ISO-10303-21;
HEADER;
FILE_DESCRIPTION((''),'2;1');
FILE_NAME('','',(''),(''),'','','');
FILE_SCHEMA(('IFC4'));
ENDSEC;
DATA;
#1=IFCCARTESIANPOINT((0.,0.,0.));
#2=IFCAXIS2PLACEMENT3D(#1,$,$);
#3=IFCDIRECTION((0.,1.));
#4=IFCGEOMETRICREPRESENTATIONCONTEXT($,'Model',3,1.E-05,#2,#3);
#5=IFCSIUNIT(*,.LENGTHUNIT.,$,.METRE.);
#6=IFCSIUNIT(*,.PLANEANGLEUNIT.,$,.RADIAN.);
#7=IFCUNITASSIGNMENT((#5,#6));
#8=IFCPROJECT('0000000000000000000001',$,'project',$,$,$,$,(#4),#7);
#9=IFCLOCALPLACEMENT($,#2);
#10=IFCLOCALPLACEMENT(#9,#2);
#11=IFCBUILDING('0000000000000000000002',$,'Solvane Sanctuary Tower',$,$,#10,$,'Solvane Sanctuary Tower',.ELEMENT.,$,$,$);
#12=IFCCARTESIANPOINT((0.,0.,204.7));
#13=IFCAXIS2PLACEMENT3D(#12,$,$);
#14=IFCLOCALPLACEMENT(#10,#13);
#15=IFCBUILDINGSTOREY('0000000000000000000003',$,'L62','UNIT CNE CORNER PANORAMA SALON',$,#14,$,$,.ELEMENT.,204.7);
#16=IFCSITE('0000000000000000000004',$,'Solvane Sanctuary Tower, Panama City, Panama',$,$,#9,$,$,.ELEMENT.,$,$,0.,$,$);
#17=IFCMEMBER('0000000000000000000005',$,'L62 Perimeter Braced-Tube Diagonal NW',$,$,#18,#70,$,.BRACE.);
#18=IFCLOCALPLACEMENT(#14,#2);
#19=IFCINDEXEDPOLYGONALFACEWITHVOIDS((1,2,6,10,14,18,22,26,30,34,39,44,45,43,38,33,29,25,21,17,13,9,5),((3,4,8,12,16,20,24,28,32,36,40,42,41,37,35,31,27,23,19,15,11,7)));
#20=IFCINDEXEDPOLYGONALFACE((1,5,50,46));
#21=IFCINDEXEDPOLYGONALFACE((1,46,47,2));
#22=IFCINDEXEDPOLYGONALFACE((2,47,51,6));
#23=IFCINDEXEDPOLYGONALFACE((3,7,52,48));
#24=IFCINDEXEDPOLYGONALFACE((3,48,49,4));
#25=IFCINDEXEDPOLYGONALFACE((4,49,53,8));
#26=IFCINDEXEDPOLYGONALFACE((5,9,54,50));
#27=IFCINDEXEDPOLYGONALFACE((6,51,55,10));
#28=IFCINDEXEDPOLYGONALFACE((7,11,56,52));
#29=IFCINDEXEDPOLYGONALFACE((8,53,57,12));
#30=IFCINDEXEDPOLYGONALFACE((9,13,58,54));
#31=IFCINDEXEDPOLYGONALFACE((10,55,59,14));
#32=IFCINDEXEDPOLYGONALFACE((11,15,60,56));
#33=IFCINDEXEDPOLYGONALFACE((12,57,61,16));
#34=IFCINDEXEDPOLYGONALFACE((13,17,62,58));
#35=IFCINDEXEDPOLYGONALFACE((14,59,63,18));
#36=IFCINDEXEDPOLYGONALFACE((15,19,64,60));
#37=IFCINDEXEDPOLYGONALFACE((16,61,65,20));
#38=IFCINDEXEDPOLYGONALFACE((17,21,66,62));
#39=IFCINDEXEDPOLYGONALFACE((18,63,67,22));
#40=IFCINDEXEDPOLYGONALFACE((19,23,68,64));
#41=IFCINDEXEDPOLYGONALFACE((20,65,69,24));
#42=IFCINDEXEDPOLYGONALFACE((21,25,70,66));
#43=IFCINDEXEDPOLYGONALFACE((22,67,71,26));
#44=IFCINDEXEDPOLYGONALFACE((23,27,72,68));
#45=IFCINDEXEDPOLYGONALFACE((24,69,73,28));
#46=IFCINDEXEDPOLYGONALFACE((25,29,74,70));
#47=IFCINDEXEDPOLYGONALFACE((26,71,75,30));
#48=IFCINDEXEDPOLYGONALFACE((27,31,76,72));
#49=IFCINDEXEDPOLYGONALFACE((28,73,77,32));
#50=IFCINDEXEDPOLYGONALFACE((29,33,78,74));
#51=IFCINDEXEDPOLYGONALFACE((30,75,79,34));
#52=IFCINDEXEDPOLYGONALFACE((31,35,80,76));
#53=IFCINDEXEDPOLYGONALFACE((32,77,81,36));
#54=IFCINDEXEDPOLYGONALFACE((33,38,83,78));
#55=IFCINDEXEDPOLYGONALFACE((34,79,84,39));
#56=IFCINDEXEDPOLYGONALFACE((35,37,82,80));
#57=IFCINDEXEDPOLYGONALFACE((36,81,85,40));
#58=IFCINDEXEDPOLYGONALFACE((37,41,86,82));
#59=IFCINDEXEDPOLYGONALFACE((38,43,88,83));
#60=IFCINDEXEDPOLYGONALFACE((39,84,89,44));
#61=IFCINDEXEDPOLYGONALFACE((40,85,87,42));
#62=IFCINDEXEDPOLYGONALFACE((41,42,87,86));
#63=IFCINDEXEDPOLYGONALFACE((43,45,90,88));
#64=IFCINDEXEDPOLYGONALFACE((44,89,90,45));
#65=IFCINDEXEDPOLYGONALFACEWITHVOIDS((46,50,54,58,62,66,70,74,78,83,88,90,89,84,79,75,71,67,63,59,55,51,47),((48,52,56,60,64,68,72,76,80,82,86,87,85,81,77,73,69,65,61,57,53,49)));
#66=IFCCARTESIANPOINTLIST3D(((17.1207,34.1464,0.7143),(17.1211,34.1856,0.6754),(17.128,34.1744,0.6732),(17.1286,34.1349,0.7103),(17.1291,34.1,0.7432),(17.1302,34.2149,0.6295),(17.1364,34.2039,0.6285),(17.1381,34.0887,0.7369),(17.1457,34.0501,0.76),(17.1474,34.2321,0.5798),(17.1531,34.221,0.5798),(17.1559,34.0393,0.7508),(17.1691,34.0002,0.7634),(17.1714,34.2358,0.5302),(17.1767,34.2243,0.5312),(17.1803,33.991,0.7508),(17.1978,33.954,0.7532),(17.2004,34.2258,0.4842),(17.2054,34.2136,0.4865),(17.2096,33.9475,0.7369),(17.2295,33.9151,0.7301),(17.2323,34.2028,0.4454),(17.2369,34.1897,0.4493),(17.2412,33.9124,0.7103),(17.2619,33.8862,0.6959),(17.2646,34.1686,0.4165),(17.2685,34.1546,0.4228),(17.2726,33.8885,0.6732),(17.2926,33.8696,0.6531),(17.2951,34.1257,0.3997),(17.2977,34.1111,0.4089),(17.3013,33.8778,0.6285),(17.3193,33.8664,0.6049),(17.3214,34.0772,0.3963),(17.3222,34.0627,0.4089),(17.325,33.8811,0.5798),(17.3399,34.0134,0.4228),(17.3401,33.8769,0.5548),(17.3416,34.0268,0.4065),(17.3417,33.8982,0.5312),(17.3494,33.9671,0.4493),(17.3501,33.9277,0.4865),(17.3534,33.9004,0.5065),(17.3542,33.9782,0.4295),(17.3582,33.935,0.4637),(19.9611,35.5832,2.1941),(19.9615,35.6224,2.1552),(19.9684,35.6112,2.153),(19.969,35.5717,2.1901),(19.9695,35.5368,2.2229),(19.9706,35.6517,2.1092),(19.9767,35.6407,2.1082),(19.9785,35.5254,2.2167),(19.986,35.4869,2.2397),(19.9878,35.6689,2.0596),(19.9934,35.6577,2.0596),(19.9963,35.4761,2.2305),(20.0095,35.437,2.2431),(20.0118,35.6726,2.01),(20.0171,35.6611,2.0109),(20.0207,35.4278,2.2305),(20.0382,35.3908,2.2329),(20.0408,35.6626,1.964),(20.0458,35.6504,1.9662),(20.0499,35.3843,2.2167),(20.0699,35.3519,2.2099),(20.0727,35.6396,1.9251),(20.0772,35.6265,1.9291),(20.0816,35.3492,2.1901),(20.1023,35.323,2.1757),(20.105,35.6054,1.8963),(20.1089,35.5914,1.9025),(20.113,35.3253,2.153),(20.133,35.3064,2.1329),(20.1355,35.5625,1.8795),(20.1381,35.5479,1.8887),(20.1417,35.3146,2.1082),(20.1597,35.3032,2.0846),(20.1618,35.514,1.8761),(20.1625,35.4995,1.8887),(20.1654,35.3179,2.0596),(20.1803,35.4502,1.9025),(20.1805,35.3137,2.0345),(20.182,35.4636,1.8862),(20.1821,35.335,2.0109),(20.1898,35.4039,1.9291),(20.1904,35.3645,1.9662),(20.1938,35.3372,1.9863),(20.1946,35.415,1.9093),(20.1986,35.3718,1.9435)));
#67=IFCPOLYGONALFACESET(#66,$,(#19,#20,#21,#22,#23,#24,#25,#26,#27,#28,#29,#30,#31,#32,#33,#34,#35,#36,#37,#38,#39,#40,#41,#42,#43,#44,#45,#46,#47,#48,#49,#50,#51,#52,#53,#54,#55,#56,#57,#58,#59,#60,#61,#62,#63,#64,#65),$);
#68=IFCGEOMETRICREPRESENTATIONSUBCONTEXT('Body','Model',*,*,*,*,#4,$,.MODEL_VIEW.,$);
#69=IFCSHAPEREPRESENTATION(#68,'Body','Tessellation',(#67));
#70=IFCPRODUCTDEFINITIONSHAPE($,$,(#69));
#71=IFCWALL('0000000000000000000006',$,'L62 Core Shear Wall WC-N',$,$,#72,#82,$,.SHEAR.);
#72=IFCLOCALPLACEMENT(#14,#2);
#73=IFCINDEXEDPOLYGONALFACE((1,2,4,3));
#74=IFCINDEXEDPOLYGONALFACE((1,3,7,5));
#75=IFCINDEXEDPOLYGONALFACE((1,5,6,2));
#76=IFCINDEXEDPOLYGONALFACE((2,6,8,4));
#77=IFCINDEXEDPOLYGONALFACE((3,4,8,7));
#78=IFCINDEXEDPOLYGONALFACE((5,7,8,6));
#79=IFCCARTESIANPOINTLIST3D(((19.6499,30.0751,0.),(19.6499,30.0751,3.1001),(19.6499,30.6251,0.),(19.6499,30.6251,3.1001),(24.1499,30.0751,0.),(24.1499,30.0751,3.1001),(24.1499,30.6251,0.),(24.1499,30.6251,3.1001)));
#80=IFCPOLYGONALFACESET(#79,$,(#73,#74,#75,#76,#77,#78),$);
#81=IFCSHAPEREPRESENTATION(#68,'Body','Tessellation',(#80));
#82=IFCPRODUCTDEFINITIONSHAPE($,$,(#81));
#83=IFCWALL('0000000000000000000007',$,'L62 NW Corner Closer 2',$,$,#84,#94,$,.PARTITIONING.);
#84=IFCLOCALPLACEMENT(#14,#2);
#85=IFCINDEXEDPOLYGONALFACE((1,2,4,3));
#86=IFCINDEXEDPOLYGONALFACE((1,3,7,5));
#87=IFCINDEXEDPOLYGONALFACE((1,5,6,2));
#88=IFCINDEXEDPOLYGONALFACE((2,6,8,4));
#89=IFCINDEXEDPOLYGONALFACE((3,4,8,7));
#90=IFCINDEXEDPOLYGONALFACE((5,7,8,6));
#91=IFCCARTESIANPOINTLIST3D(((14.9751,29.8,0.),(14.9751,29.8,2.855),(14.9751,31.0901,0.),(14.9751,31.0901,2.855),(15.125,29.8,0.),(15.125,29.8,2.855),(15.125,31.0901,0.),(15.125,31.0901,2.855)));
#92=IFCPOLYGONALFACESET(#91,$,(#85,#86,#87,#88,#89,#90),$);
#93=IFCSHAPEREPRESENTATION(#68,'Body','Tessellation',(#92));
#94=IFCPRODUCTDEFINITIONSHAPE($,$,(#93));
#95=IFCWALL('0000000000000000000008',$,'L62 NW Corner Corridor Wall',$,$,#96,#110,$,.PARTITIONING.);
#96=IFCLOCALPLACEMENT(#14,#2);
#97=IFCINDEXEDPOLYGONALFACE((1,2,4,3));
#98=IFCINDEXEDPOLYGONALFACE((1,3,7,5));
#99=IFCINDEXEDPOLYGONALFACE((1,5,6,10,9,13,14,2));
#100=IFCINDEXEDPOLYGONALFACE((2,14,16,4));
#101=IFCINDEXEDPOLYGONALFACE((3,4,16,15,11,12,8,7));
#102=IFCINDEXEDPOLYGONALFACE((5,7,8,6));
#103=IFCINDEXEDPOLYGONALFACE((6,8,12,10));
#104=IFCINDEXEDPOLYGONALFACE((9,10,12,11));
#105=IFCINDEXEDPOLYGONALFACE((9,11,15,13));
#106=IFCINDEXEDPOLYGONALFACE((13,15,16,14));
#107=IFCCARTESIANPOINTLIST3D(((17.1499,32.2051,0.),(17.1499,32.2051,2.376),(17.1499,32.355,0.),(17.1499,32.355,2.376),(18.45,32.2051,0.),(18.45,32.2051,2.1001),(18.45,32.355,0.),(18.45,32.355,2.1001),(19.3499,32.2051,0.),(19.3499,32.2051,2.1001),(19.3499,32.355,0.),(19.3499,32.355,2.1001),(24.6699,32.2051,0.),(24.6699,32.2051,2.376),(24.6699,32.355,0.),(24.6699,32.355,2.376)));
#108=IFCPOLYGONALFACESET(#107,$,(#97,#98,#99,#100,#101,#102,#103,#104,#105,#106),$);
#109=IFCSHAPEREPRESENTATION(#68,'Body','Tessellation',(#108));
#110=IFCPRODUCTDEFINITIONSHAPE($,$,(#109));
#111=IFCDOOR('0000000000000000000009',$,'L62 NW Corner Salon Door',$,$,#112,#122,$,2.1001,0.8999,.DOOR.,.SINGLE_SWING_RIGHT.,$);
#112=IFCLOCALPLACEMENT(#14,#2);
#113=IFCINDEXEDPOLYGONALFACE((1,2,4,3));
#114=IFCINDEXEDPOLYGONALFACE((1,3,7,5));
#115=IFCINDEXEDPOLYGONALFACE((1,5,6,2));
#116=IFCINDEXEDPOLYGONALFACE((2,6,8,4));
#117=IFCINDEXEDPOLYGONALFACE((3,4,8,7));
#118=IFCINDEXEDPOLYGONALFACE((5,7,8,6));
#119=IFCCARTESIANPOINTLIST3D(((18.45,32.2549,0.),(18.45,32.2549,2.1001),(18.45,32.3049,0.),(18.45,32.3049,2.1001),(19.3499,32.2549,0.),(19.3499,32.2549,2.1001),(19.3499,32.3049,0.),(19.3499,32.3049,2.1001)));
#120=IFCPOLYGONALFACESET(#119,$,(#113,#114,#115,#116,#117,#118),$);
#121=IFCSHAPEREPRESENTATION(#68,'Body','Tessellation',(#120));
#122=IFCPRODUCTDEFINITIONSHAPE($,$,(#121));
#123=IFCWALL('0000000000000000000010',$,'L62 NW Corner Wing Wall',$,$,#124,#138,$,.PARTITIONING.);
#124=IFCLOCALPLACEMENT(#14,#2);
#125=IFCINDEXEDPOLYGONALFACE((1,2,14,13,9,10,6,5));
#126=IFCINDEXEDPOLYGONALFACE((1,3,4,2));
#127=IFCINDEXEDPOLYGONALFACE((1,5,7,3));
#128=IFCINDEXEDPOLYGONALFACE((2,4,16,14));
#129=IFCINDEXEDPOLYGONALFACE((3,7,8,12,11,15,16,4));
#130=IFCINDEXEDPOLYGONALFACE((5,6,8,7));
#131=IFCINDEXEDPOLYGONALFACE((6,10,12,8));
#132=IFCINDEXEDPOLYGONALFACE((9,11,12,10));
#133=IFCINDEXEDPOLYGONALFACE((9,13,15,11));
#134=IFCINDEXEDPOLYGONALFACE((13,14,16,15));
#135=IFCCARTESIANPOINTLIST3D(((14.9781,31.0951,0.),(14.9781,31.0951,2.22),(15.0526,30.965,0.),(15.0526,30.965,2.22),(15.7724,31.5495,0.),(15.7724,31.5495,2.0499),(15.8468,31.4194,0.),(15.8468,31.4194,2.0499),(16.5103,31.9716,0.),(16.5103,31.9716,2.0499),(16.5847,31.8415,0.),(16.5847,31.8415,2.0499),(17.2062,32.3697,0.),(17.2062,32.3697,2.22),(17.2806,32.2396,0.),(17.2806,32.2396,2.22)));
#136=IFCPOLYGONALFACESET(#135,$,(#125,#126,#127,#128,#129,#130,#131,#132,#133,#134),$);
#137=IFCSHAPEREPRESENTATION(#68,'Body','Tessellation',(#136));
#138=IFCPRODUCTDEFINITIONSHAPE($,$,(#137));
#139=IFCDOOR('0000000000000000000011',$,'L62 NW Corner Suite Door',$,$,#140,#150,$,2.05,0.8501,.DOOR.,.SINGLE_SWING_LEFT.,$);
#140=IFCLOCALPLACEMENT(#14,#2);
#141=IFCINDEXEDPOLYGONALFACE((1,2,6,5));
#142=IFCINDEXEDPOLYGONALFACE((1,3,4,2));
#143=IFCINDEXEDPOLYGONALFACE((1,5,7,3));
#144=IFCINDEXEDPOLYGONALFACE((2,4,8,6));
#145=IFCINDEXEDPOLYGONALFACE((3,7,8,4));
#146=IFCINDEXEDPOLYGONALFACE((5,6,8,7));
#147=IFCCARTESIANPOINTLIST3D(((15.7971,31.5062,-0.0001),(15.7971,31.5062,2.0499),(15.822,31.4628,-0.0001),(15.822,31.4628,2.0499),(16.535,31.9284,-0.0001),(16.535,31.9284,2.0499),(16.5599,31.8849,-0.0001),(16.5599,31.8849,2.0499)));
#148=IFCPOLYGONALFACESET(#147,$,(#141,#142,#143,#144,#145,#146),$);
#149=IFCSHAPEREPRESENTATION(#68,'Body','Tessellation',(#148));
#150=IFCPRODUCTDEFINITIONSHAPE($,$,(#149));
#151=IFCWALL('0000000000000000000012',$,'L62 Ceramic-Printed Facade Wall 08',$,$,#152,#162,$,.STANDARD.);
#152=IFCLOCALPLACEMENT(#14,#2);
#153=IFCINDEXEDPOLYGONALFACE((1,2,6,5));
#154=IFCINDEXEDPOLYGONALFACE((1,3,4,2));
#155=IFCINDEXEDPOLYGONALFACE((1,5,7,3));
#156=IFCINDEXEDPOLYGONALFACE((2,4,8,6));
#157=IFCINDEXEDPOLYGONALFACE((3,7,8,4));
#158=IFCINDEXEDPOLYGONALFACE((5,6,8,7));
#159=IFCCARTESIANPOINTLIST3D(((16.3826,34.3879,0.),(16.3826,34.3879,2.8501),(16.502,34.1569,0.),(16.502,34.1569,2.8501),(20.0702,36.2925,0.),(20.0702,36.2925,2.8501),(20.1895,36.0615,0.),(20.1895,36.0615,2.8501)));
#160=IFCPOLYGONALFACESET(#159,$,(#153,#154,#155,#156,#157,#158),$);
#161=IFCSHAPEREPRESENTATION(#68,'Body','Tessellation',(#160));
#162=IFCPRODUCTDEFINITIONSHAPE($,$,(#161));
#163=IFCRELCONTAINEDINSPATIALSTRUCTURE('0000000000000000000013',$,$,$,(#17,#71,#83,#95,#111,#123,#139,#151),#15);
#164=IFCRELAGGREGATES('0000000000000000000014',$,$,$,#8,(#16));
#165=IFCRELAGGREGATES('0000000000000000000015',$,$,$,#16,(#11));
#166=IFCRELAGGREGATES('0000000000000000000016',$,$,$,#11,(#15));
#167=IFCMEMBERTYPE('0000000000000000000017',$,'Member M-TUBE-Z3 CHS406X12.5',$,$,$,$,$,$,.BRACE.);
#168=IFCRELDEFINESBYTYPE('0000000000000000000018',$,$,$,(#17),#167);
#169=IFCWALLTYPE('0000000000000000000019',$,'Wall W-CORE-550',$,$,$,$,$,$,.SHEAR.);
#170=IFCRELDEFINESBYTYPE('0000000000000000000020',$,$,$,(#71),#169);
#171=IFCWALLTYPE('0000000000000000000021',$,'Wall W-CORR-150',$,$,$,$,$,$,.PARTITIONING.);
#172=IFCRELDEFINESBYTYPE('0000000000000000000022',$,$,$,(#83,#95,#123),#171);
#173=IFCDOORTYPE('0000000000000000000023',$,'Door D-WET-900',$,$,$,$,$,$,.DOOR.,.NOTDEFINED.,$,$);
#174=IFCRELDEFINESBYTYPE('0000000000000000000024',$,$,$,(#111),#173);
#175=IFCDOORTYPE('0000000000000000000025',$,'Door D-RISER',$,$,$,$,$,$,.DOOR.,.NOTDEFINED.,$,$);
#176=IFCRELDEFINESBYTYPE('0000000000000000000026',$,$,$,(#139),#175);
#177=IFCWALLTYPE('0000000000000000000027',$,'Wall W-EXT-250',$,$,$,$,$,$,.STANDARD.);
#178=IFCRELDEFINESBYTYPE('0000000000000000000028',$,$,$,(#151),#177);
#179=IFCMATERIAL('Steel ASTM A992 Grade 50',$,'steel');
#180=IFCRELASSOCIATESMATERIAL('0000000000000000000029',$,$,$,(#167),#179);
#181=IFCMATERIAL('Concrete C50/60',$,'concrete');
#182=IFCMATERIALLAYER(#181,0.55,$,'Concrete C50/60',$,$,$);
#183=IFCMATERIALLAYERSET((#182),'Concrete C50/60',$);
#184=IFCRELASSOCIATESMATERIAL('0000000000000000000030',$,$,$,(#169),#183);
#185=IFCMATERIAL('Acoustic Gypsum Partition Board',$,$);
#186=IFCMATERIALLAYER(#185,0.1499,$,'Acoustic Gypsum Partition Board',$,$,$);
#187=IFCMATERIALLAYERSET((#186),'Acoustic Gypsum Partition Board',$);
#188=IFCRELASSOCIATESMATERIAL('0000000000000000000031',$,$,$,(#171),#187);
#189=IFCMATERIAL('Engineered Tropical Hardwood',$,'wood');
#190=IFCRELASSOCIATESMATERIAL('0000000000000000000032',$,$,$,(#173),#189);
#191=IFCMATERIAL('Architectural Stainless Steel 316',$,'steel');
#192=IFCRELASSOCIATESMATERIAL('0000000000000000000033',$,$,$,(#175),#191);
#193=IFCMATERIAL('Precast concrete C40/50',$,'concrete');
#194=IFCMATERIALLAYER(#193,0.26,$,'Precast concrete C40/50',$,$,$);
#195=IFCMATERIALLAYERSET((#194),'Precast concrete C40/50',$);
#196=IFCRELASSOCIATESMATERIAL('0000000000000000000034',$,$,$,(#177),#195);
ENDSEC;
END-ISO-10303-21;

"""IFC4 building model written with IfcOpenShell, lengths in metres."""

from ifc_helpers import new_model, si_unit, direction, frame, frame_2d, origin, origin_2d, place, context, subcontext, project, spatial, rectangle, hollow_circle, extrude, material, layer, layer_set, material_profile, profile_set, type_object, element, fill, save


model = new_model("IFC4")

# Units and contexts
model_context = context("Model", 3, precision=1e-05, world=origin(), true_north=direction((0.0, 1.0)))
body_context = subcontext(model_context, "Body", "Model", "MODEL_VIEW")
ifc_project = project(units=[si_unit("LENGTHUNIT", "METRE"), si_unit("PLANEANGLEUNIT", "RADIAN")], contexts=[model_context])

# Site, building, storey
site_placement = place(None, origin())
site = spatial("IfcSite", under=ifc_project, at=site_placement, Name="Solvane Sanctuary Tower, Panama City, Panama", CompositionType="ELEMENT", RefElevation=0.0)
building_placement = place(site_placement, origin())
building = spatial("IfcBuilding", under=site, at=building_placement, Name="Solvane Sanctuary Tower", LongName="Solvane Sanctuary Tower", CompositionType="ELEMENT")
storey_placement = place(building_placement, frame((0.0, 0.0, 204.7)))
storey = spatial("IfcBuildingStorey", under=building, at=storey_placement, Name="L62", Description="UNIT CNE CORNER PANORAMA SALON", CompositionType="ELEMENT", Elevation=204.7)

# Shared definitions
ifc_material_1 = material(Name="Concrete C50/60", Category="concrete")

# Shared definitions
ifc_material_2 = material(Name="Steel ASTM A992 Grade 50", Category="steel")

# Member
ifc_material_profile_1 = material_profile(ifc_material_2, hollow_circle(Radius=0.2029, WallThickness=0.0125, at=origin_2d()), Name="CHS406X12.5")
ifc_profile_set_1 = profile_set([ifc_material_profile_1], Name="Steel ASTM A992 Grade 50")
member_type = type_object("IfcMemberType", Name="Member M-TUBE-Z3 CHS406X12.5", PredefinedType="BRACE", material=ifc_profile_set_1)
member_placement = place(storey_placement, frame((17.239, 34.051, 0.5798), z_axis=(0.809168, 0.409314, 0.421555), x_axis=(-0.451381, 0.892331, 0.0)))
element("IfcMember", 1, at=member_placement, inside=storey, type_object=member_type, Name="L62 Perimeter Braced-Tube Diagonal NW", PredefinedType="BRACE", context=body_context, shape_type="SweptSolid", body=[
    extrude(hollow_circle(Radius=0.2029, WallThickness=0.0125, at=origin_2d()), origin(), (0.0, 0.0, 1.0), 3.5103),
])

# Walls
ifc_layer_1 = layer(ifc_material_1, 0.55, Name="Concrete C50/60")
ifc_layer_set_1 = layer_set([ifc_layer_1], Name="Concrete C50/60")
wall_type_1 = type_object("IfcWallType", Name="Wall W-CORE-550", PredefinedType="SHEAR", material=ifc_layer_set_1)
wall_1_placement = place(storey_placement, frame((19.6499, 30.3501, 0.0), z_axis=(0.0, 0.0, 1.0), x_axis=(1.0, 0.0, 0.0)))
element("IfcWall", 2, at=wall_1_placement, inside=storey, type_object=wall_type_1, Name="L62 Core Shear Wall WC-N", PredefinedType="SHEAR", context=body_context, shape_type="SweptSolid", body=[
    extrude(rectangle(XDim=4.5, YDim=0.55, at=frame_2d((2.25, 0.0))), origin(), (0.0, 0.0, 1.0), 3.1001),
])
ifc_material_3 = material(Name="Acoustic Gypsum Partition Board")
ifc_layer_2 = layer(ifc_material_3, 0.1499, Name="Acoustic Gypsum Partition Board")
ifc_layer_set_2 = layer_set([ifc_layer_2], Name="Acoustic Gypsum Partition Board")
wall_type_2 = type_object("IfcWallType", Name="Wall W-CORR-150", PredefinedType="PARTITIONING", material=ifc_layer_set_2)
wall_2_placement = place(storey_placement, frame((15.05, 29.8, 0.0), z_axis=(0.0, 0.0, 1.0), x_axis=(0.0, 1.0, 0.0)))
element("IfcWall", 3, at=wall_2_placement, inside=storey, type_object=wall_type_2, Name="L62 NW Corner Closer 2", PredefinedType="PARTITIONING", context=body_context, shape_type="SweptSolid", body=[
    extrude(rectangle(XDim=1.29, YDim=0.1499, at=frame_2d((0.645, 0.0))), origin(), (0.0, 0.0, 1.0), 2.855),
])

# Walls, openings, doors
wall_3_placement = place(storey_placement, frame((17.1499, 32.28, 0.0), z_axis=(0.0, 0.0, 1.0), x_axis=(1.0, 0.0, 0.0)))
wall_3 = element("IfcWall", 4, at=wall_3_placement, inside=storey, type_object=wall_type_2, Name="L62 NW Corner Corridor Wall", PredefinedType="PARTITIONING", context=body_context, shape_type="SweptSolid", body=[
    extrude(rectangle(XDim=7.52, YDim=0.1499, at=frame_2d((3.76, 0.0))), origin(), (0.0, 0.0, 1.0), 2.376),
])
opening_1_placement = place(wall_3_placement, frame((1.3, 0.0, 0.0)))
opening_1 = element("IfcOpeningElement", 5, at=opening_1_placement, cuts=wall_3, PredefinedType="OPENING", context=body_context, shape_type="SweptSolid", body=[
    extrude(rectangle(XDim=0.8999, YDim=2.1001, at=frame_2d((0.45, 1.05))), frame((0.0, 0.085, 0.0), z_axis=(0.0, -1.0, 0.0), x_axis=(1.0, 0.0, 0.0)), (0.0, 0.0, 1.0), 0.1699),
])
ifc_material_4 = material(Name="Engineered Tropical Hardwood", Category="wood")
door_type_1 = type_object("IfcDoorType", Name="Door D-WET-900", OperationType="NOTDEFINED", PredefinedType="DOOR", material=ifc_material_4)
door_1_placement = place(opening_1_placement, origin())
door_1 = element("IfcDoor", 6, at=door_1_placement, inside=storey, type_object=door_type_1, Name="L62 NW Corner Salon Door", OperationType="SINGLE_SWING_RIGHT", OverallHeight=2.1001, OverallWidth=0.8999, PredefinedType="DOOR", context=body_context, shape_type="SweptSolid", body=[
    extrude(rectangle(XDim=0.8999, YDim=2.1001, at=frame_2d((0.45, 1.05))), frame((0.0, 0.0249, 0.0), z_axis=(0.0, -1.0, 0.0), x_axis=(1.0, 0.0, 0.0)), (0.0, 0.0, 1.0), 0.05),
])
fill(opening_1, door_1)
wall_4_placement = place(storey_placement, frame((17.2434, 32.3047, 0.0), z_axis=(0.0, 0.0, 1.0), x_axis=(-0.867991, -0.496579, 0.0)))
wall_4 = element("IfcWall", 7, at=wall_4_placement, inside=storey, type_object=wall_type_2, Name="L62 NW Corner Wing Wall", PredefinedType="PARTITIONING", context=body_context, shape_type="SweptSolid", body=[
    extrude(rectangle(XDim=2.5669, YDim=0.1499, at=frame_2d((1.2834, 0.0))), origin(), (0.0, 0.0, 1.0), 2.22),
])
opening_2_placement = place(wall_4_placement, frame((0.8018, 0.0, 0.0)))
opening_2 = element("IfcOpeningElement", 8, at=opening_2_placement, cuts=wall_4, PredefinedType="OPENING", context=body_context, shape_type="SweptSolid", body=[
    extrude(rectangle(XDim=0.8501, YDim=2.05, at=frame_2d((0.425, 1.0249))), frame((0.0, 0.085, 0.0), z_axis=(0.0, -1.0, 0.0), x_axis=(1.0, 0.0, 0.0)), (0.0, 0.0, 1.0), 0.1699),
])
ifc_material_5 = material(Name="Architectural Stainless Steel 316", Category="steel")
door_type_2 = type_object("IfcDoorType", Name="Door D-RISER", OperationType="NOTDEFINED", PredefinedType="DOOR", material=ifc_material_5)
door_2_placement = place(opening_2_placement, origin())
door_2 = element("IfcDoor", 9, at=door_2_placement, inside=storey, type_object=door_type_2, Name="L62 NW Corner Suite Door", OperationType="SINGLE_SWING_LEFT", OverallHeight=2.05, OverallWidth=0.8501, PredefinedType="DOOR", context=body_context, shape_type="SweptSolid", body=[
    extrude(rectangle(XDim=0.8501, YDim=2.05, at=frame_2d((0.425, 1.0249))), frame((0.0, 0.0249, 0.0), z_axis=(0.0, -1.0, 0.0), x_axis=(1.0, 0.0, 0.0)), (0.0, 0.0, 1.0), 0.05),
])
fill(opening_2, door_2)

# Wall
ifc_material_6 = material(Name="Precast concrete C40/50", Category="concrete")
ifc_layer_3 = layer(ifc_material_6, 0.26, Name="Precast concrete C40/50")
ifc_layer_set_3 = layer_set([ifc_layer_3], Name="Precast concrete C40/50")
wall_type_3 = type_object("IfcWallType", Name="Wall W-EXT-250", PredefinedType="STANDARD", material=ifc_layer_set_3)
wall_5_placement = place(storey_placement, frame((20.1299, 36.177, 0.0), z_axis=(0.0, 0.0, 1.0), x_axis=(-0.888491, -0.458893, 0.0)))
element("IfcWall", 10, at=wall_5_placement, inside=storey, type_object=wall_type_3, Name="L62 Ceramic-Printed Facade Wall 08", PredefinedType="STANDARD", context=body_context, shape_type="SweptSolid", body=[
    extrude(rectangle(XDim=4.1504, YDim=0.26, at=frame_2d((2.0752, 0.0))), origin(), (0.0, 0.0, 1.0), 2.8501),
])

save(model, "model.ifc")
